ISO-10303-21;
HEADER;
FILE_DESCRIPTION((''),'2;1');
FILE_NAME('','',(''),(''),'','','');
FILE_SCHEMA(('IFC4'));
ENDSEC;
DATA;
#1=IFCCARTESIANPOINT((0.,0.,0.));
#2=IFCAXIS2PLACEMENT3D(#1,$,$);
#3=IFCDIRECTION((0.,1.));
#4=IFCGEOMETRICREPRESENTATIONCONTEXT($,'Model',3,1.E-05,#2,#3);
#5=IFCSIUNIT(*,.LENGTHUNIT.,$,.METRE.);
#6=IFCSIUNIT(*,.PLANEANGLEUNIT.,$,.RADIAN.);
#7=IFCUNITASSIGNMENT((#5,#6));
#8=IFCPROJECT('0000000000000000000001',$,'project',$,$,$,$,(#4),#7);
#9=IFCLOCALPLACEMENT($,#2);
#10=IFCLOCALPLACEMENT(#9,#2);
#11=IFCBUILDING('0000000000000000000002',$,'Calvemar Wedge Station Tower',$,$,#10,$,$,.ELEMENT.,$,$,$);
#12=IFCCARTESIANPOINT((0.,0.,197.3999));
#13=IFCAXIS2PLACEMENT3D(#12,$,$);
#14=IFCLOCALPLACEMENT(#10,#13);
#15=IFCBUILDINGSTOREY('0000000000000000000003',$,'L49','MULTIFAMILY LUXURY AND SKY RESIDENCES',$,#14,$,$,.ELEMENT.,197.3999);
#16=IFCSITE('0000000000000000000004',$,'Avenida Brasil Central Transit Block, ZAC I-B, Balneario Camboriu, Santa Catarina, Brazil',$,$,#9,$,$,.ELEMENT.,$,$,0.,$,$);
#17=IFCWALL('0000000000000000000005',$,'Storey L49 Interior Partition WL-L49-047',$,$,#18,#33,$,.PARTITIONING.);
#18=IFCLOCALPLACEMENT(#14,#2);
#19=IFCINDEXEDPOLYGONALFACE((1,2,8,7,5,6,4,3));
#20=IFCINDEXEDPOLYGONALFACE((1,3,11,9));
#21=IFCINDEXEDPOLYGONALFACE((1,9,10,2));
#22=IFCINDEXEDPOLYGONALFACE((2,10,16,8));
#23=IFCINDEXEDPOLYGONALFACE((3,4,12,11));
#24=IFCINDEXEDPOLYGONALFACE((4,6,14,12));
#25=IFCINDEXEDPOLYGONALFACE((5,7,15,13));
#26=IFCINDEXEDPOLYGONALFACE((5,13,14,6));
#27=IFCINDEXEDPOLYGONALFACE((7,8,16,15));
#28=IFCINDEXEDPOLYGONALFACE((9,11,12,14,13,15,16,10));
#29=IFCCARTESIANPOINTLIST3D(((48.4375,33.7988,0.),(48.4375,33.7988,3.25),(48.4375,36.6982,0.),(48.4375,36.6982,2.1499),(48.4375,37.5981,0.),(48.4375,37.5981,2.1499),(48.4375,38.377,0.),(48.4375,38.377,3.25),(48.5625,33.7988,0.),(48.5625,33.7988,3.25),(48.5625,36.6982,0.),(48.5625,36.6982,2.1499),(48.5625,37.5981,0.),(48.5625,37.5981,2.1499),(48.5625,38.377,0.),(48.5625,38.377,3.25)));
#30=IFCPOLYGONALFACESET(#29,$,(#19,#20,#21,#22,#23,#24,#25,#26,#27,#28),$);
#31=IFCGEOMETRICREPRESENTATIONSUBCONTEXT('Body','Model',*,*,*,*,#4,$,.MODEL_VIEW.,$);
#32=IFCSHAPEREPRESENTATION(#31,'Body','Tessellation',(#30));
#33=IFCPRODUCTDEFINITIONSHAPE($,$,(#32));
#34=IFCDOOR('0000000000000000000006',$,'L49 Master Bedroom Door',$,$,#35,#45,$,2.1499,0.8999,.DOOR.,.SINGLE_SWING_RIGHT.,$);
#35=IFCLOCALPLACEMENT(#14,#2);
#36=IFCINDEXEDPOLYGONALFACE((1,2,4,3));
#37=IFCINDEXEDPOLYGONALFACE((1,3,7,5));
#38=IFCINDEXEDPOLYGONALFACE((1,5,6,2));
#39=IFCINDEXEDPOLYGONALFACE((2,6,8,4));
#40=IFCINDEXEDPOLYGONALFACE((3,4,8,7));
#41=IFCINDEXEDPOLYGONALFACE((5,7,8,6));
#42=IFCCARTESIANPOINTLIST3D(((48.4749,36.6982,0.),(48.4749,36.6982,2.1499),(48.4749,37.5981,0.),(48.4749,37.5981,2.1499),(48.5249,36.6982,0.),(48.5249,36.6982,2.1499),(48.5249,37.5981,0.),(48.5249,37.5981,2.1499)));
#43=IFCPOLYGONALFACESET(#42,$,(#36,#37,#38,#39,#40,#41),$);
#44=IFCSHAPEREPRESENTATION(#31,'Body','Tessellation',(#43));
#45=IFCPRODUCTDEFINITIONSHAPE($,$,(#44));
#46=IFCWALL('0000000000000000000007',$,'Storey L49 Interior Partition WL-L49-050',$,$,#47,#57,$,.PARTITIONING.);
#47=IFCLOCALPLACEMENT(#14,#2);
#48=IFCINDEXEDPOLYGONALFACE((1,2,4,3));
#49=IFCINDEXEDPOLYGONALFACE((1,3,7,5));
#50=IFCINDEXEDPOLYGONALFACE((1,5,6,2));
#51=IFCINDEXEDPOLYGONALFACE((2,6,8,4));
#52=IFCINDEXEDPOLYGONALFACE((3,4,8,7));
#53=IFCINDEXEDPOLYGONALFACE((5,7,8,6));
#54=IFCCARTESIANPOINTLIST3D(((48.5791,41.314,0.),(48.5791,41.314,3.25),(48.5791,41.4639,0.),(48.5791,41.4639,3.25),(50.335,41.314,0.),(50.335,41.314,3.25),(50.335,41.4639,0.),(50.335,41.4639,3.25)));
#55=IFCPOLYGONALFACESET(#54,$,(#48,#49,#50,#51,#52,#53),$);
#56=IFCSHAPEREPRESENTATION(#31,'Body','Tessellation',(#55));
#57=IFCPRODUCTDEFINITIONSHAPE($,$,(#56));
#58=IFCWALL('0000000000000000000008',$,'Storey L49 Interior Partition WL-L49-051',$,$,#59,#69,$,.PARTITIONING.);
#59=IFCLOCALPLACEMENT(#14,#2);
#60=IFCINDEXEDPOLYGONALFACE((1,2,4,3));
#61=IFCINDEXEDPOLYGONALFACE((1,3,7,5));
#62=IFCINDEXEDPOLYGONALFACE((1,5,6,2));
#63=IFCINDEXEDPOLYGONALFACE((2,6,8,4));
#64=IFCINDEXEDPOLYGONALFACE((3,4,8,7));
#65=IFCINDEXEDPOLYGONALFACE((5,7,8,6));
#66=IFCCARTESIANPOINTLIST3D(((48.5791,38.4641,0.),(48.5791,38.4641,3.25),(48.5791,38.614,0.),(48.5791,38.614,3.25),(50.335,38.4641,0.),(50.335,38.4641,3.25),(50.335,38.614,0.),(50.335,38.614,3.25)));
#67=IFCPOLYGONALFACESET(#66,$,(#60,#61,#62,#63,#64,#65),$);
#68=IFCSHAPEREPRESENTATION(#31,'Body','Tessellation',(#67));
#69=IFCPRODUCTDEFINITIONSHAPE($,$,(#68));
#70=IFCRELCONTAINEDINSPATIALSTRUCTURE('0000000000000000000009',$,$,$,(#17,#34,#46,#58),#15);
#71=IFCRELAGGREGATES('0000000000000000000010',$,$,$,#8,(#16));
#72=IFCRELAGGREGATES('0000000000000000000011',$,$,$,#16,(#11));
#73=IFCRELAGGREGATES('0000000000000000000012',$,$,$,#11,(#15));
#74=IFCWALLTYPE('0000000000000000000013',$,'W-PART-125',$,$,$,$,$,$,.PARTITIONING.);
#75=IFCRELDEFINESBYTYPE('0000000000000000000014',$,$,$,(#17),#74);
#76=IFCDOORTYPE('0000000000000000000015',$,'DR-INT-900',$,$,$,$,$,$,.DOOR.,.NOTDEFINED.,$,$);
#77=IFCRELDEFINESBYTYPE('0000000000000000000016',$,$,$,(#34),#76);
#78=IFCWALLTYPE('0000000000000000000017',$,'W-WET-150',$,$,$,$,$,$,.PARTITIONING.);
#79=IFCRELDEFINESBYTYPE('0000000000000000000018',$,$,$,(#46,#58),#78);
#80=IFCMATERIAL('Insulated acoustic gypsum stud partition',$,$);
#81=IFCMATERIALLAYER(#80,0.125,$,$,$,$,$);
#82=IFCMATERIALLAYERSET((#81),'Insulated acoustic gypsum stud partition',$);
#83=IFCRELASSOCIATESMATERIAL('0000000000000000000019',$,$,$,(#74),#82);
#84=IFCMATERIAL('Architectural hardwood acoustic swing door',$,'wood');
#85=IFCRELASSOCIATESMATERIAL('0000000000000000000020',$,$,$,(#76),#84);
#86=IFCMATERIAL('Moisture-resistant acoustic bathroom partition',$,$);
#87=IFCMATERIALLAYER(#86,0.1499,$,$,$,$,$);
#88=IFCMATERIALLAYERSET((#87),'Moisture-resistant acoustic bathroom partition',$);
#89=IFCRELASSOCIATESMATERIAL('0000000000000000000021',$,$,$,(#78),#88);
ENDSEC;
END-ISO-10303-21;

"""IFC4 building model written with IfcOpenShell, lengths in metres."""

from ifc_helpers import new_model, si_unit, direction, frame, frame_2d, origin, place, context, subcontext, project, spatial, rectangle, extrude, source, transform, mapped, material, layer, layer_set, type_object, element, fill, save


model = new_model("IFC4")

# Units and contexts
model_context = context("Model", 3, precision=1e-05, world=origin(), true_north=direction((0.0, 1.0)))
body_context = subcontext(model_context, "Body", "Model", "MODEL_VIEW")
ifc_project = project(units=[si_unit("LENGTHUNIT", "METRE"), si_unit("PLANEANGLEUNIT", "RADIAN")], contexts=[model_context])

# Site, building, storey
site_placement = place(None, origin())
site = spatial("IfcSite", under=ifc_project, at=site_placement, Name="Avenida Brasil Central Transit Block, ZAC I-B, Balneario Camboriu, Santa Catarina, Brazil", CompositionType="ELEMENT", RefElevation=0.0)
building_placement = place(site_placement, origin())
building = spatial("IfcBuilding", under=site, at=building_placement, Name="Calvemar Wedge Station Tower", CompositionType="ELEMENT")
storey_placement = place(building_placement, frame((0.0, 0.0, 197.3999)))
storey = spatial("IfcBuildingStorey", under=building, at=storey_placement, Name="L49", Description="MULTIFAMILY LUXURY AND SKY RESIDENCES", CompositionType="ELEMENT", Elevation=197.3999)

# Shared definitions
ifc_material_1 = material(Name="Insulated acoustic gypsum stud partition")
ifc_layer_1 = layer(ifc_material_1, 0.125)
ifc_layer_set_1 = layer_set([ifc_layer_1], Name="Insulated acoustic gypsum stud partition")
wall_type_1 = type_object("IfcWallType", Name="W-PART-125", PredefinedType="PARTITIONING", material=ifc_layer_set_1)

# Wall, opening, door
shared_shape_1 = source(origin(), body_context, "Body", "SweptSolid", [
    extrude(rectangle(XDim=0.8999, YDim=2.1499, at=frame_2d((0.45, 1.075))), frame((0.0, 0.0725, 0.0), z_axis=(0.0, -1.0, 0.0), x_axis=(1.0, 0.0, 0.0)), (0.0, 0.0, 1.0), 0.145),
])
ifc_material_2 = material(Name="Architectural hardwood acoustic swing door", Category="wood")
door_type_1 = type_object("IfcDoorType", Name="DR-INT-900", OperationType="NOTDEFINED", PredefinedType="DOOR", material=ifc_material_2)
shared_shape_2 = source(origin(), body_context, "Body", "SweptSolid", [
    extrude(rectangle(XDim=0.8999, YDim=2.1499, at=frame_2d((0.45, 1.075))), frame((0.0, 0.0249, 0.0), z_axis=(0.0, -1.0, 0.0), x_axis=(1.0, 0.0, 0.0)), (0.0, 0.0, 1.0), 0.05),
])
wall_1_placement = place(storey_placement, frame((48.5, 38.377, 0.0), z_axis=(0.0, 0.0, 1.0), x_axis=(0.0, -1.0, 0.0)))
wall_1 = element("IfcWall", 1, at=wall_1_placement, inside=storey, type_object=wall_type_1, Name="Storey L49 Interior Partition WL-L49-047", PredefinedType="PARTITIONING", context=body_context, shape_type="SweptSolid", body=[
    extrude(rectangle(XDim=4.5781, YDim=0.125, at=frame_2d((2.2891, 0.0))), origin(), (0.0, 0.0, 1.0), 3.25),
])
opening_1_placement = place(wall_1_placement, frame((0.7788, 0.0, 0.0)))
opening_1 = element("IfcOpeningElement", 2, at=opening_1_placement, cuts=wall_1, PredefinedType="OPENING", context=body_context, shape_type="MappedRepresentation", body=[
    mapped(shared_shape_1, transform((0.0, 0.0, 0.0), scale=1.0)),
])
door_1_placement = place(opening_1_placement, origin())
door_1 = element("IfcDoor", 3, at=door_1_placement, inside=storey, type_object=door_type_1, Name="L49 Master Bedroom Door", OperationType="SINGLE_SWING_RIGHT", OverallHeight=2.1499, OverallWidth=0.8999, PredefinedType="DOOR", context=body_context, shape_type="MappedRepresentation", body=[
    mapped(shared_shape_2, transform((0.0, 0.0, 0.0), scale=1.0)),
])
fill(opening_1, door_1)
ifc_material_3 = material(Name="Moisture-resistant acoustic bathroom partition")
ifc_layer_2 = layer(ifc_material_3, 0.1499)
ifc_layer_set_2 = layer_set([ifc_layer_2], Name="Moisture-resistant acoustic bathroom partition")
wall_type_2 = type_object("IfcWallType", Name="W-WET-150", PredefinedType="PARTITIONING", material=ifc_layer_set_2)

# Walls
for number, where, z_axis, x_axis, name in (
    (4, (48.5791, 41.3889, 0.0), (0.0, 0.0, 1.0), (1.0, 0.0, 0.0), "Storey L49 Interior Partition WL-L49-050"),
    (5, (50.335, 38.5391, 0.0), (0.0, 0.0, 1.0), (-1.0, 0.0, 0.0), "Storey L49 Interior Partition WL-L49-051"),
):
    element("IfcWall", number, at=place(storey_placement, frame(where, z_axis=z_axis, x_axis=x_axis)), inside=storey, type_object=wall_type_2, Name=name, PredefinedType="PARTITIONING", context=body_context, shape_type="SweptSolid", body=[
        extrude(rectangle(XDim=1.7559, YDim=0.1499, at=frame_2d((0.8779, 0.0))), origin(), (0.0, 0.0, 1.0), 3.25),
    ])

save(model, "model.ifc")
